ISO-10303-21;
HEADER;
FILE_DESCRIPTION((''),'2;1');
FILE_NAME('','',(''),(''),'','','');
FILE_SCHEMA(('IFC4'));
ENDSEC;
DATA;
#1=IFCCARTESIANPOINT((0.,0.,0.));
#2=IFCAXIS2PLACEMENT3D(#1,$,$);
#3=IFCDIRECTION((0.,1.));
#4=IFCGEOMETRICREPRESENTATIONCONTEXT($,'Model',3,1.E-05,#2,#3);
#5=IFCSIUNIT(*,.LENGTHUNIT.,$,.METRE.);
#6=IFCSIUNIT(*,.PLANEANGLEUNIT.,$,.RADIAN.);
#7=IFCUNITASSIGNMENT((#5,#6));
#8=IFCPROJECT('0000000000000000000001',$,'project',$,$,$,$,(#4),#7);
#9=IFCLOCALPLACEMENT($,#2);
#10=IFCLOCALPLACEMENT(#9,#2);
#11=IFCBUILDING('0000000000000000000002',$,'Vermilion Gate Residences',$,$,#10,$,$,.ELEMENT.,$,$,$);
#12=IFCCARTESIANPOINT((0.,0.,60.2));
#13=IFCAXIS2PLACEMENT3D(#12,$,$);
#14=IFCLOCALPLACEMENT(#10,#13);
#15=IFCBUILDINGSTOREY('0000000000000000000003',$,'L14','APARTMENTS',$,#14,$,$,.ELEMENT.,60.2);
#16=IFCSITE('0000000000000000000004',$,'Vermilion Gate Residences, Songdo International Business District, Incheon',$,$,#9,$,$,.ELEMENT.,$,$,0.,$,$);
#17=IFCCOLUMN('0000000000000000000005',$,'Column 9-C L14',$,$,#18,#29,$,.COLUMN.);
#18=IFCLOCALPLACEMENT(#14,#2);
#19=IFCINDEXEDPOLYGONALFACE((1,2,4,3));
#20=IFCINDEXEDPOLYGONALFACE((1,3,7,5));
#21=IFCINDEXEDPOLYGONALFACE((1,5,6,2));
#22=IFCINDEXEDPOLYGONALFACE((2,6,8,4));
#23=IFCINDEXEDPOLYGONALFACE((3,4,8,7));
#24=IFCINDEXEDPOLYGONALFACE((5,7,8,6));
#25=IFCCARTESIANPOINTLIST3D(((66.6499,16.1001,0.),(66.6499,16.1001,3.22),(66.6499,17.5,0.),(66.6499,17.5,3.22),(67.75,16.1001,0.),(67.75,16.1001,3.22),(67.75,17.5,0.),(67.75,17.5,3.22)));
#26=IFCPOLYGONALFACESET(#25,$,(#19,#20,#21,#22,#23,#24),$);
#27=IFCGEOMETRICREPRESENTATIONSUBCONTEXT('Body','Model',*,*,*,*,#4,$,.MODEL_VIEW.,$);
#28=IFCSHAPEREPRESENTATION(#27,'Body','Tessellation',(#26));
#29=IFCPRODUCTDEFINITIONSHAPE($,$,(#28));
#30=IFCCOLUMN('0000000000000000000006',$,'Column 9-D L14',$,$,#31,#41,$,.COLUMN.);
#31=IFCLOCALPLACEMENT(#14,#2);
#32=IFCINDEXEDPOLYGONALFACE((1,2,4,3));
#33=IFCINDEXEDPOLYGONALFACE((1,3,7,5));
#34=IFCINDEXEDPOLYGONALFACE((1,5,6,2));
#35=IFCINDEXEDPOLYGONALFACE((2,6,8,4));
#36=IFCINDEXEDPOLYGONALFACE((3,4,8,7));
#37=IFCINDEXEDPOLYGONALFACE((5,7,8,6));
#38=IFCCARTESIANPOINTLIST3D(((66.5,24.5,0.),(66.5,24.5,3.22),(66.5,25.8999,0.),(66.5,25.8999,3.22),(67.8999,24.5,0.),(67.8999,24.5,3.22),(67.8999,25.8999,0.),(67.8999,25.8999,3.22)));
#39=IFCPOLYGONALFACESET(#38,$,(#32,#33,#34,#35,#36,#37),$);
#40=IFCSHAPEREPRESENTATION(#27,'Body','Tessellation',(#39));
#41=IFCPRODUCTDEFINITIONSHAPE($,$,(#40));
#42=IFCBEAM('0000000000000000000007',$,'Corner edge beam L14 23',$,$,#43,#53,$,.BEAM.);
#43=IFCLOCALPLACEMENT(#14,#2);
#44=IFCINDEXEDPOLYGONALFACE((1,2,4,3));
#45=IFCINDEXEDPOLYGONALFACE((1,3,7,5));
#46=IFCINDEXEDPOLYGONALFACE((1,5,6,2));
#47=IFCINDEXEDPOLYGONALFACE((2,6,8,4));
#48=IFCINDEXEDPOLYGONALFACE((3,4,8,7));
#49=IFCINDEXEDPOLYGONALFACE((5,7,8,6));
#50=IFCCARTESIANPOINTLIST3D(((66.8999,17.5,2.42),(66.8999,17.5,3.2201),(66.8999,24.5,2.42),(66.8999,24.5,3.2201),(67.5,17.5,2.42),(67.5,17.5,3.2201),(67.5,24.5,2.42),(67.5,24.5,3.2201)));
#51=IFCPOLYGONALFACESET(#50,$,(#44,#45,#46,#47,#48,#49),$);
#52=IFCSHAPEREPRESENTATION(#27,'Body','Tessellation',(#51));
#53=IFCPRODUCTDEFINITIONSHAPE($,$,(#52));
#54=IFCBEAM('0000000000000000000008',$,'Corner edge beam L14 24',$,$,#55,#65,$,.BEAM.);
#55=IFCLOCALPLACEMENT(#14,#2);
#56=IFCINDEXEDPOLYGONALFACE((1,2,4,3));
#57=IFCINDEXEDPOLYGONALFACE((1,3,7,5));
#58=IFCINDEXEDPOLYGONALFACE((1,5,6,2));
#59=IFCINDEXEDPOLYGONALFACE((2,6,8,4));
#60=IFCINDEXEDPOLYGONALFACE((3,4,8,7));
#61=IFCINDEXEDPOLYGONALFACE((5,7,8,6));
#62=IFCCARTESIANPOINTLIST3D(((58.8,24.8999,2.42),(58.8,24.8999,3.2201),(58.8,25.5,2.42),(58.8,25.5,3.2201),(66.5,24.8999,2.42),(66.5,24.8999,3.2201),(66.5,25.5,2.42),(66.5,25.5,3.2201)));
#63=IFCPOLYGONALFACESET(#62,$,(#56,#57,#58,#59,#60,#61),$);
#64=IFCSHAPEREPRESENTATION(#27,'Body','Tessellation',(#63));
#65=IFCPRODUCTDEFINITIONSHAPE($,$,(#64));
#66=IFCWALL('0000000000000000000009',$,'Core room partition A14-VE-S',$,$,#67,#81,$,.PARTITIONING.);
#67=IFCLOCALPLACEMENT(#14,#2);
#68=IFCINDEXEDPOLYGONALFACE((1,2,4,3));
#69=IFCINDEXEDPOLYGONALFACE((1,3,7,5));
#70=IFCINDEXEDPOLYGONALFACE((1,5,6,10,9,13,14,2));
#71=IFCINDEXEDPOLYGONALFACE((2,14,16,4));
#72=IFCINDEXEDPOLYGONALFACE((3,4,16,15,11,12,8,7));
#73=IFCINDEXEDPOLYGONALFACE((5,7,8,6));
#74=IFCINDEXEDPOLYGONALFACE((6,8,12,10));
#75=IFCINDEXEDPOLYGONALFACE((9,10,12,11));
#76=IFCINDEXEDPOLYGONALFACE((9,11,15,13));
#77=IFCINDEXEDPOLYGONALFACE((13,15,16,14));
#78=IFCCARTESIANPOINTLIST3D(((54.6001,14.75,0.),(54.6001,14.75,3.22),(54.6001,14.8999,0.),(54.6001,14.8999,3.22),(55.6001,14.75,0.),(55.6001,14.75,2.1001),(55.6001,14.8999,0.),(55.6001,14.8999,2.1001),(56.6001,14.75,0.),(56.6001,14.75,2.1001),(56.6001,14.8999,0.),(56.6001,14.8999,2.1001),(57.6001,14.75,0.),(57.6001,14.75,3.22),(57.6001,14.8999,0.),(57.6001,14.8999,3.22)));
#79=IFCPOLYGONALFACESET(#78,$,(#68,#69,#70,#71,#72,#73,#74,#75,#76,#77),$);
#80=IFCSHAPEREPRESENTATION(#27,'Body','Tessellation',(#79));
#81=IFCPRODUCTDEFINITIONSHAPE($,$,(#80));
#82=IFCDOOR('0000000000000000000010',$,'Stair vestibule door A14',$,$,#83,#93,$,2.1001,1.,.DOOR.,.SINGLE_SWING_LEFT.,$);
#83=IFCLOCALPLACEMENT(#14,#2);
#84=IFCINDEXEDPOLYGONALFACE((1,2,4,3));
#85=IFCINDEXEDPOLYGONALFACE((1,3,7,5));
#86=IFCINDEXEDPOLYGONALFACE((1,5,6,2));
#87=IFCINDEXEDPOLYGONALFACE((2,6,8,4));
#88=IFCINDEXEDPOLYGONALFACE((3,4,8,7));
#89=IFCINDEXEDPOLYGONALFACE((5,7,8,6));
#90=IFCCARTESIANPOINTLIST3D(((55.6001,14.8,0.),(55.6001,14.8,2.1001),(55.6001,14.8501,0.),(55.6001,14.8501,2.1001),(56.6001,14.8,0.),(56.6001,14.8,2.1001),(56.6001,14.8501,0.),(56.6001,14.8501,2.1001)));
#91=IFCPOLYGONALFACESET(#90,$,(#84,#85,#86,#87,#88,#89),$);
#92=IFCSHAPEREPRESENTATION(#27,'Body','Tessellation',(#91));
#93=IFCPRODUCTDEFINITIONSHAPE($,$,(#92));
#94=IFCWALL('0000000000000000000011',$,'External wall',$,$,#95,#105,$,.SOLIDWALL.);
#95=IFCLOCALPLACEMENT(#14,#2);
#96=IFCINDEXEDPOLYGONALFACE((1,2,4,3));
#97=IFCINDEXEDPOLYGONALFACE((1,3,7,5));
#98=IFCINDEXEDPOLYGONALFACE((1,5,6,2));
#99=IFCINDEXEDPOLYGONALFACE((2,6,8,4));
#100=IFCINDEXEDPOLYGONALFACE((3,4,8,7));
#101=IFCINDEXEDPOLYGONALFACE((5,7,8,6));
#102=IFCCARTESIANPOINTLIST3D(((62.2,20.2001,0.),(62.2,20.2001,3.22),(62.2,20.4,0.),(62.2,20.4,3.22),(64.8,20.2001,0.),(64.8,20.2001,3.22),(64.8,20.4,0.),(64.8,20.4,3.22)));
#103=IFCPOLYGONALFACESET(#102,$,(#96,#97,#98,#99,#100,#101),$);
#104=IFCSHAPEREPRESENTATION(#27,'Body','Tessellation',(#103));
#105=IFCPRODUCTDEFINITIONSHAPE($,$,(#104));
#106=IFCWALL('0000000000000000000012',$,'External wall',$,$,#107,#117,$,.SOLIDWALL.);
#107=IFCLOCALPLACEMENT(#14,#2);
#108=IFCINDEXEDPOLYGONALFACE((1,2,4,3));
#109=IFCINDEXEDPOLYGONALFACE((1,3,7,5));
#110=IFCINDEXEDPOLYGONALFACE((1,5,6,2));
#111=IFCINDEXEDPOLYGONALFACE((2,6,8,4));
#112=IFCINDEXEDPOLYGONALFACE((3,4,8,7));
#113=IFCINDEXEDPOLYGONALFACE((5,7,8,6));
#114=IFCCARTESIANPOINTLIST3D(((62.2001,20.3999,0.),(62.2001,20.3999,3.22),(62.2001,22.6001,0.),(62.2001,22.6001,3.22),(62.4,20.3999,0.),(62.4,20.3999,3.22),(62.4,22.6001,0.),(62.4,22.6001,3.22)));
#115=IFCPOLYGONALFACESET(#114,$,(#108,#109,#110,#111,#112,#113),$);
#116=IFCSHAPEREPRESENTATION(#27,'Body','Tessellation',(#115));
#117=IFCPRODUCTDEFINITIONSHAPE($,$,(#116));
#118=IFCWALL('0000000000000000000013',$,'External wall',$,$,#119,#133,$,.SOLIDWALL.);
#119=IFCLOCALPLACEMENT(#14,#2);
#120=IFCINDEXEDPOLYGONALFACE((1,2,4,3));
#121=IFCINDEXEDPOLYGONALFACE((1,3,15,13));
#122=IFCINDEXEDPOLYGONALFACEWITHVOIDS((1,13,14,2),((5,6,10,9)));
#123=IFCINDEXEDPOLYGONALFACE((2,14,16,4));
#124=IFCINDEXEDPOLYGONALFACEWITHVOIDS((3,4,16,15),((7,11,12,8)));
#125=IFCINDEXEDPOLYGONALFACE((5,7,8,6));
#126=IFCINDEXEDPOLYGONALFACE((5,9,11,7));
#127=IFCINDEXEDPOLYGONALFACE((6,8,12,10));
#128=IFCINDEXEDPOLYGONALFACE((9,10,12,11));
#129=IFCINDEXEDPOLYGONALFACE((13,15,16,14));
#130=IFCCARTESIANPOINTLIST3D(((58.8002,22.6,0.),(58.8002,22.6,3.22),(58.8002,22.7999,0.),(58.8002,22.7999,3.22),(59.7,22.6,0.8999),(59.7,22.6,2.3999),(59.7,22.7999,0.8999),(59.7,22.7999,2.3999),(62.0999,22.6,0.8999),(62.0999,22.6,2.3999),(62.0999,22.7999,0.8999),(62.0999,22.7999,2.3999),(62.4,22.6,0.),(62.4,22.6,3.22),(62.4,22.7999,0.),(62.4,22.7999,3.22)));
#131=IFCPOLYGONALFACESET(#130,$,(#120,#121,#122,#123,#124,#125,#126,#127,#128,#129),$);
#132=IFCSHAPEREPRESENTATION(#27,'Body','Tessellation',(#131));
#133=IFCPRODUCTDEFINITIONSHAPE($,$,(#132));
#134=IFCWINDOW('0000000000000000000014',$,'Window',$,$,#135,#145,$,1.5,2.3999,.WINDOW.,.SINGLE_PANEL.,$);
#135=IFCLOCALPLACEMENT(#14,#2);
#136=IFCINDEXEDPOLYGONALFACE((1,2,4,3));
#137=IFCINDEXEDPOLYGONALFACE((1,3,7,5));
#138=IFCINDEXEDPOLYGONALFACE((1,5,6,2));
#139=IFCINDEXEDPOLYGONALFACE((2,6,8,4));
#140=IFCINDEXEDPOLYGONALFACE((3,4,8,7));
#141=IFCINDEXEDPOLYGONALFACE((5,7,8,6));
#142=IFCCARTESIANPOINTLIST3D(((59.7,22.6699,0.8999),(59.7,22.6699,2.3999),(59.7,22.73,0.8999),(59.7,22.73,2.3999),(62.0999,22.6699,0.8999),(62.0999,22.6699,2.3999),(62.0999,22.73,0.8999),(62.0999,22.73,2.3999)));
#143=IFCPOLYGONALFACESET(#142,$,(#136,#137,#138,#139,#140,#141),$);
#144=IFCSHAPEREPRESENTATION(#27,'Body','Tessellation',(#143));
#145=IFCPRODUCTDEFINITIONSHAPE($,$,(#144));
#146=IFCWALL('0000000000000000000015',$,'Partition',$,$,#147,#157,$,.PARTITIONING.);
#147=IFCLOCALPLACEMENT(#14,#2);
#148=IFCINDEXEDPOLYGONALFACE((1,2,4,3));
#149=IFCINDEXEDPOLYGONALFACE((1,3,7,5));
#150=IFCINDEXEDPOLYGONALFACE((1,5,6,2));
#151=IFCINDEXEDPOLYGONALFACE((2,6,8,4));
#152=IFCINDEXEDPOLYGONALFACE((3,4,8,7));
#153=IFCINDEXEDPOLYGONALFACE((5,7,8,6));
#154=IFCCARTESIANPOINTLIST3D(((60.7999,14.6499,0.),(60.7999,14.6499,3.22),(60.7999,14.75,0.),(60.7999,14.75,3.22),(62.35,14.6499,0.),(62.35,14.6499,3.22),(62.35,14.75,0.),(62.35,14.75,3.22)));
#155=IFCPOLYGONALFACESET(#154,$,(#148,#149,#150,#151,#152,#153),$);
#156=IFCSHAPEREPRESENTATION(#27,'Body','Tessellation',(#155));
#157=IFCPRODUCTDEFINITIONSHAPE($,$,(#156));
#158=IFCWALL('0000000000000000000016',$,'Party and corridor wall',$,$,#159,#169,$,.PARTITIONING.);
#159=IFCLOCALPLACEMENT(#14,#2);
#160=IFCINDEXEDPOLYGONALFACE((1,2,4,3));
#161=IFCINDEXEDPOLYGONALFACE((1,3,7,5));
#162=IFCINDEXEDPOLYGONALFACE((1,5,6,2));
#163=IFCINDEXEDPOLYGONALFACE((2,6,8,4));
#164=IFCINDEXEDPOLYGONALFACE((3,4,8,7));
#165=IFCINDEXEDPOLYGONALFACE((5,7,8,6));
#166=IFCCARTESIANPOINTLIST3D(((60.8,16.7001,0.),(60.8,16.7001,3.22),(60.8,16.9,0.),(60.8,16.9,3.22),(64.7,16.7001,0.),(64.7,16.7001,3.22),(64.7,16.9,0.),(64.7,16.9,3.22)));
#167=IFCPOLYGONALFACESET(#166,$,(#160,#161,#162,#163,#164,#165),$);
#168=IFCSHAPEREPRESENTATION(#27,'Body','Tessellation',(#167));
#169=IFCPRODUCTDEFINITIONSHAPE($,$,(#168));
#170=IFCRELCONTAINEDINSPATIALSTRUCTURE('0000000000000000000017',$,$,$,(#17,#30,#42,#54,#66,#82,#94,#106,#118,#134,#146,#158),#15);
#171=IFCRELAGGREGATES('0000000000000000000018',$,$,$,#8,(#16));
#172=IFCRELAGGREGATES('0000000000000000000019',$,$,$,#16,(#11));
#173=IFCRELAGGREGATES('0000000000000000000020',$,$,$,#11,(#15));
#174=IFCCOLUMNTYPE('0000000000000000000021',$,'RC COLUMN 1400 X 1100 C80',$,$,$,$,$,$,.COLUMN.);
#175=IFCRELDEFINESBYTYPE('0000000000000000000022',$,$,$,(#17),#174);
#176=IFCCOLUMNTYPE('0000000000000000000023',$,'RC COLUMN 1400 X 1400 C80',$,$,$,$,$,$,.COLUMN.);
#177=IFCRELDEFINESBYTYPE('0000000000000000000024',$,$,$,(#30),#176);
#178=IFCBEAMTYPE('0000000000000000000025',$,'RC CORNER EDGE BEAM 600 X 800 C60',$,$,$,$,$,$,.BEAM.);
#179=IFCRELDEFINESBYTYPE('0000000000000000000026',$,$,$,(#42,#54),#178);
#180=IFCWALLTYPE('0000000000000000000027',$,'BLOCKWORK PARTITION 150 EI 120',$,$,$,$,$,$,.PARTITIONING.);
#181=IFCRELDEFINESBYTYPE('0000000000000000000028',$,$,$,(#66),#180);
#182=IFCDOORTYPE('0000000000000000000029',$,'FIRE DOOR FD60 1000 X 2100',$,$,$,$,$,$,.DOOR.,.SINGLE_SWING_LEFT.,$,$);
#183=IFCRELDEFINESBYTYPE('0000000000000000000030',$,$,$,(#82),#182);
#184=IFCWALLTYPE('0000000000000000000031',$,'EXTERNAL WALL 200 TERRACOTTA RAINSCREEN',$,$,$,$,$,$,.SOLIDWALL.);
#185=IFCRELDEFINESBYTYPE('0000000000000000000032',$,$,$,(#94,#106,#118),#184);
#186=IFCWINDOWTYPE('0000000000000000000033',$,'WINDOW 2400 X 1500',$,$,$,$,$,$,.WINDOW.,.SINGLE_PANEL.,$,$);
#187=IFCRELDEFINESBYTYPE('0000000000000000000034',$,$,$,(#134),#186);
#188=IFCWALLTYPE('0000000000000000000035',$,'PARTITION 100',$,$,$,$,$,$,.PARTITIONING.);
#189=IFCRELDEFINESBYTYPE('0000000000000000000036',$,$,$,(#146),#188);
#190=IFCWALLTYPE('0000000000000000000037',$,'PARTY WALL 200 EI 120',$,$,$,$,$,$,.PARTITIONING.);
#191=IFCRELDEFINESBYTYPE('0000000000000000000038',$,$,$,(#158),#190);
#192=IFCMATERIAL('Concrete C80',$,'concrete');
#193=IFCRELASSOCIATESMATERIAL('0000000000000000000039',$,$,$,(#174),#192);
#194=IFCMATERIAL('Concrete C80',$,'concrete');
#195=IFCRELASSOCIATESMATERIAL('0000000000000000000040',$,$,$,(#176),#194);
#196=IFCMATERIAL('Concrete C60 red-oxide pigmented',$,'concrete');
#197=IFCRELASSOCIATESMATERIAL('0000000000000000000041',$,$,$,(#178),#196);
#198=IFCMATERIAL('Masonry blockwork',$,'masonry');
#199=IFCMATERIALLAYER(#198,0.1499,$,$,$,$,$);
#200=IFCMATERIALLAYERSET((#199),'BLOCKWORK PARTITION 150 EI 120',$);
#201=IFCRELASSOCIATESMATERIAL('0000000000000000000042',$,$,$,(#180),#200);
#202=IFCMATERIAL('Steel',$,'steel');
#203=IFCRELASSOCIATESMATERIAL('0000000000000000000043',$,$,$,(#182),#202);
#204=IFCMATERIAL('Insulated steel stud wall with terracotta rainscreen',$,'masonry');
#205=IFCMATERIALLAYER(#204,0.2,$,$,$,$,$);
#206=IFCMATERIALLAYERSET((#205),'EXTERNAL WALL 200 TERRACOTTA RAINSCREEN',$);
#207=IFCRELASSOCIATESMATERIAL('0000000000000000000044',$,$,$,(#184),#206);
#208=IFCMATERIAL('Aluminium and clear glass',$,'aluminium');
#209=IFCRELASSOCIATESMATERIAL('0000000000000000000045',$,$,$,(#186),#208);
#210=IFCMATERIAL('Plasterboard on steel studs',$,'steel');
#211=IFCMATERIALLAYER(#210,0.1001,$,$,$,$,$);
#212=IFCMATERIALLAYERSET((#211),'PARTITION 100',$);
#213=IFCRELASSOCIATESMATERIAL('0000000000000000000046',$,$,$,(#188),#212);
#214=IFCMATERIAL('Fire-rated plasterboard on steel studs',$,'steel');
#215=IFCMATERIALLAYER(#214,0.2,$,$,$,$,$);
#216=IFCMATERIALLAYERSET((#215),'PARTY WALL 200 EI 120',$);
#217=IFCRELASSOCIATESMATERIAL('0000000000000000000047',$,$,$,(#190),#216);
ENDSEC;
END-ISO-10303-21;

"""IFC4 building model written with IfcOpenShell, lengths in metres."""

from ifc_helpers import new_model, si_unit, direction, frame, frame_2d, origin, origin_2d, place, context, subcontext, project, spatial, rectangle, extrude, material, layer, layer_set, material_profile, profile_set, type_object, element, fill, save


model = new_model("IFC4")

# Units and contexts
model_context = context("Model", 3, precision=1e-05, world=origin(), true_north=direction((0.0, 1.0)))
body_context = subcontext(model_context, "Body", "Model", "MODEL_VIEW")
ifc_project = project(units=[si_unit("LENGTHUNIT", "METRE"), si_unit("PLANEANGLEUNIT", "RADIAN")], contexts=[model_context])

# Site, building, storey
site_placement = place(None, origin())
site = spatial("IfcSite", under=ifc_project, at=site_placement, Name="Vermilion Gate Residences, Songdo International Business District, Incheon", CompositionType="ELEMENT", RefElevation=0.0)
building_placement = place(site_placement, origin())
building = spatial("IfcBuilding", under=site, at=building_placement, Name="Vermilion Gate Residences", CompositionType="ELEMENT")
storey_placement = place(building_placement, frame((0.0, 0.0, 60.2)))
storey = spatial("IfcBuildingStorey", under=building, at=storey_placement, Name="L14", Description="APARTMENTS", CompositionType="ELEMENT", Elevation=60.2)

# Columns
ifc_material_1 = material(Name="Concrete C80", Category="concrete")
ifc_material_profile_1 = material_profile(ifc_material_1, rectangle(XDim=1.3999, YDim=1.1001, at=origin_2d()), Name="RC-1400x1100")
ifc_profile_set_1 = profile_set([ifc_material_profile_1], Name="Concrete C80")
column_type_1 = type_object("IfcColumnType", Name="RC COLUMN 1400 X 1100 C80", PredefinedType="COLUMN", material=ifc_profile_set_1)
column_1_placement = place(storey_placement, frame((67.2, 16.8, 0.0), z_axis=(0.0, 0.0, 1.0), x_axis=(0.0, 1.0, 0.0)))
element("IfcColumn", 1, at=column_1_placement, inside=storey, type_object=column_type_1, Name="Column 9-C L14", PredefinedType="COLUMN", context=body_context, shape_type="SweptSolid", body=[
    extrude(rectangle(XDim=1.3999, YDim=1.1001, at=origin_2d()), origin(), (0.0, 0.0, 1.0), 3.22),
])
ifc_material_2 = material(Name="Concrete C80", Category="concrete")
ifc_material_profile_2 = material_profile(ifc_material_2, rectangle(XDim=1.3999, YDim=1.3999, at=origin_2d()), Name="RC-1400x1400")
ifc_profile_set_2 = profile_set([ifc_material_profile_2], Name="Concrete C80")
column_type_2 = type_object("IfcColumnType", Name="RC COLUMN 1400 X 1400 C80", PredefinedType="COLUMN", material=ifc_profile_set_2)
column_2_placement = place(storey_placement, frame((67.2, 25.2, 0.0), z_axis=(0.0, 0.0, 1.0), x_axis=(1.0, 0.0, 0.0)))
element("IfcColumn", 2, at=column_2_placement, inside=storey, type_object=column_type_2, Name="Column 9-D L14", PredefinedType="COLUMN", context=body_context, shape_type="SweptSolid", body=[
    extrude(rectangle(XDim=1.3999, YDim=1.3999, at=origin_2d()), origin(), (0.0, 0.0, 1.0), 3.22),
])

# Beams
ifc_material_3 = material(Name="Concrete C60 red-oxide pigmented", Category="concrete")
ifc_material_profile_3 = material_profile(ifc_material_3, rectangle(XDim=0.6001, YDim=0.8, at=origin_2d()), Name="RC-600x800")
ifc_profile_set_3 = profile_set([ifc_material_profile_3], Name="Concrete C60 red-oxide pigmented")
beam_type = type_object("IfcBeamType", Name="RC CORNER EDGE BEAM 600 X 800 C60", PredefinedType="BEAM", material=ifc_profile_set_3)
beam_1_placement = place(storey_placement, frame((67.2, 17.5, 2.8201), z_axis=(0.0, 1.0, 0.0), x_axis=(-1.0, 0.0, 0.0)))
element("IfcBeam", 3, at=beam_1_placement, inside=storey, type_object=beam_type, Name="Corner edge beam L14 23", PredefinedType="BEAM", context=body_context, shape_type="SweptSolid", body=[
    extrude(rectangle(XDim=0.6001, YDim=0.8, at=origin_2d()), origin(), (0.0, 0.0, 1.0), 7.0),
])
beam_2_placement = place(storey_placement, frame((58.8, 25.2, 2.8201), z_axis=(1.0, 0.0, 0.0), x_axis=(0.0, 1.0, 0.0)))
element("IfcBeam", 4, at=beam_2_placement, inside=storey, type_object=beam_type, Name="Corner edge beam L14 24", PredefinedType="BEAM", context=body_context, shape_type="SweptSolid", body=[
    extrude(rectangle(XDim=0.6001, YDim=0.8, at=origin_2d()), origin(), (0.0, 0.0, 1.0), 7.7),
])

# Wall, opening, door
ifc_material_4 = material(Name="Masonry blockwork", Category="masonry")
ifc_layer_1 = layer(ifc_material_4, 0.1499)
ifc_layer_set_1 = layer_set([ifc_layer_1], Name="BLOCKWORK PARTITION 150 EI 120")
wall_type_1 = type_object("IfcWallType", Name="BLOCKWORK PARTITION 150 EI 120", PredefinedType="PARTITIONING", material=ifc_layer_set_1)
wall_1_placement = place(storey_placement, frame((54.6001, 14.825, 0.0), z_axis=(0.0, 0.0, 1.0), x_axis=(1.0, 0.0, 0.0)))
wall_1 = element("IfcWall", 5, at=wall_1_placement, inside=storey, type_object=wall_type_1, Name="Core room partition A14-VE-S", PredefinedType="PARTITIONING", context=body_context, shape_type="SweptSolid", body=[
    extrude(rectangle(XDim=3.0, YDim=0.1499, at=frame_2d((1.5, 0.0))), origin(), (0.0, 0.0, 1.0), 3.22),
])
opening_1_placement = place(wall_1_placement, frame((1.0, 0.0, 0.0)))
opening_1 = element("IfcOpeningElement", 6, at=opening_1_placement, cuts=wall_1, PredefinedType="OPENING", context=body_context, shape_type="SweptSolid", body=[
    extrude(rectangle(XDim=1.0, YDim=2.1001, at=frame_2d((0.5, 1.05))), frame((0.0, 0.085, 0.0), z_axis=(0.0, -1.0, 0.0), x_axis=(1.0, 0.0, 0.0)), (0.0, 0.0, 1.0), 0.1699),
])
ifc_material_5 = material(Name="Steel", Category="steel")
door_type = type_object("IfcDoorType", Name="FIRE DOOR FD60 1000 X 2100", OperationType="SINGLE_SWING_LEFT", PredefinedType="DOOR", material=ifc_material_5)
door_1_placement = place(opening_1_placement, frame((1.0, 0.0, 0.0), z_axis=(0.0, 0.0, 1.0), x_axis=(-1.0, 0.0, 0.0)))
door_1 = element("IfcDoor", 7, at=door_1_placement, inside=storey, type_object=door_type, Name="Stair vestibule door A14", OperationType="SINGLE_SWING_LEFT", OverallHeight=2.1001, OverallWidth=1.0, PredefinedType="DOOR", context=body_context, shape_type="SweptSolid", body=[
    extrude(rectangle(XDim=1.0, YDim=2.1001, at=frame_2d((0.5, 1.05))), frame((0.0, 0.0249, 0.0), z_axis=(0.0, -1.0, 0.0), x_axis=(1.0, 0.0, 0.0)), (0.0, 0.0, 1.0), 0.05),
])
fill(opening_1, door_1)

# Walls
ifc_material_6 = material(Name="Insulated steel stud wall with terracotta rainscreen", Category="masonry")
ifc_layer_2 = layer(ifc_material_6, 0.2)
ifc_layer_set_2 = layer_set([ifc_layer_2], Name="EXTERNAL WALL 200 TERRACOTTA RAINSCREEN")
wall_type_2 = type_object("IfcWallType", Name="EXTERNAL WALL 200 TERRACOTTA RAINSCREEN", PredefinedType="SOLIDWALL", material=ifc_layer_set_2)
wall_2_placement = place(storey_placement, frame((64.8, 20.3, 0.0), z_axis=(0.0, 0.0, 1.0), x_axis=(-1.0, 0.0, 0.0)))
element("IfcWall", 8, at=wall_2_placement, inside=storey, type_object=wall_type_2, Name="External wall", PredefinedType="SOLIDWALL", context=body_context, shape_type="SweptSolid", body=[
    extrude(rectangle(XDim=2.6001, YDim=0.2, at=frame_2d((1.3, 0.0))), origin(), (0.0, 0.0, 1.0), 3.22),
])
wall_3_placement = place(storey_placement, frame((62.3, 20.3999, 0.0), z_axis=(0.0, 0.0, 1.0), x_axis=(0.0, 1.0, 0.0)))
element("IfcWall", 9, at=wall_3_placement, inside=storey, type_object=wall_type_2, Name="External wall", PredefinedType="SOLIDWALL", context=body_context, shape_type="SweptSolid", body=[
    extrude(rectangle(XDim=2.2002, YDim=0.2, at=frame_2d((1.1001, 0.0))), origin(), (0.0, 0.0, 1.0), 3.22),
])

# Wall, opening, window
wall_4_placement = place(storey_placement, frame((62.3999, 22.7, 0.0), z_axis=(0.0, 0.0, 1.0), x_axis=(-1.0, 0.0, 0.0)))
wall_4 = element("IfcWall", 10, at=wall_4_placement, inside=storey, type_object=wall_type_2, Name="External wall", PredefinedType="SOLIDWALL", context=body_context, shape_type="SweptSolid", body=[
    extrude(rectangle(XDim=3.5999, YDim=0.2, at=frame_2d((1.7998, 0.0))), origin(), (0.0, 0.0, 1.0), 3.22),
])
opening_2_placement = place(wall_4_placement, frame((0.3, 0.0, 0.8999)))
opening_2 = element("IfcOpeningElement", 11, at=opening_2_placement, cuts=wall_4, PredefinedType="OPENING", context=body_context, shape_type="SweptSolid", body=[
    extrude(rectangle(XDim=2.3999, YDim=1.5, at=frame_2d((1.2, 0.75))), frame((0.0, 0.1099, 0.0), z_axis=(0.0, -1.0, 0.0), x_axis=(1.0, 0.0, 0.0)), (0.0, 0.0, 1.0), 0.22),
])
ifc_material_7 = material(Name="Aluminium and clear glass", Category="aluminium")
window_type = type_object("IfcWindowType", Name="WINDOW 2400 X 1500", PartitioningType="SINGLE_PANEL", PredefinedType="WINDOW", material=ifc_material_7)
window_placement = place(opening_2_placement, origin())
window = element("IfcWindow", 12, at=window_placement, inside=storey, type_object=window_type, Name="Window", OverallHeight=1.5, OverallWidth=2.3999, PartitioningType="SINGLE_PANEL", PredefinedType="WINDOW", context=body_context, shape_type="SweptSolid", body=[
    extrude(rectangle(XDim=2.3999, YDim=1.5, at=frame_2d((1.2, 0.75))), frame((0.0, 0.03, 0.0), z_axis=(0.0, -1.0, 0.0), x_axis=(1.0, 0.0, 0.0)), (0.0, 0.0, 1.0), 0.0601),
])
fill(opening_2, window)

# Walls
ifc_material_8 = material(Name="Plasterboard on steel studs", Category="steel")
ifc_layer_3 = layer(ifc_material_8, 0.1001)
ifc_layer_set_3 = layer_set([ifc_layer_3], Name="PARTITION 100")
wall_type_3 = type_object("IfcWallType", Name="PARTITION 100", PredefinedType="PARTITIONING", material=ifc_layer_set_3)
wall_5_placement = place(storey_placement, frame((60.8, 14.7, 0.0), z_axis=(0.0, 0.0, 1.0), x_axis=(1.0, 0.0, 0.0)))
element("IfcWall", 13, at=wall_5_placement, inside=storey, type_object=wall_type_3, Name="Partition", PredefinedType="PARTITIONING", context=body_context, shape_type="SweptSolid", body=[
    extrude(rectangle(XDim=1.55, YDim=0.1001, at=frame_2d((0.7749, 0.0))), origin(), (0.0, 0.0, 1.0), 3.22),
])
ifc_material_9 = material(Name="Fire-rated plasterboard on steel studs", Category="steel")
ifc_layer_4 = layer(ifc_material_9, 0.2)
ifc_layer_set_4 = layer_set([ifc_layer_4], Name="PARTY WALL 200 EI 120")
wall_type_4 = type_object("IfcWallType", Name="PARTY WALL 200 EI 120", PredefinedType="PARTITIONING", material=ifc_layer_set_4)
wall_6_placement = place(storey_placement, frame((60.8, 16.8, 0.0), z_axis=(0.0, 0.0, 1.0), x_axis=(1.0, 0.0, 0.0)))
element("IfcWall", 14, at=wall_6_placement, inside=storey, type_object=wall_type_4, Name="Party and corridor wall", PredefinedType="PARTITIONING", context=body_context, shape_type="SweptSolid", body=[
    extrude(rectangle(XDim=3.8999, YDim=0.2, at=frame_2d((1.95, 0.0))), origin(), (0.0, 0.0, 1.0), 3.22),
])

save(model, "model.ifc")
